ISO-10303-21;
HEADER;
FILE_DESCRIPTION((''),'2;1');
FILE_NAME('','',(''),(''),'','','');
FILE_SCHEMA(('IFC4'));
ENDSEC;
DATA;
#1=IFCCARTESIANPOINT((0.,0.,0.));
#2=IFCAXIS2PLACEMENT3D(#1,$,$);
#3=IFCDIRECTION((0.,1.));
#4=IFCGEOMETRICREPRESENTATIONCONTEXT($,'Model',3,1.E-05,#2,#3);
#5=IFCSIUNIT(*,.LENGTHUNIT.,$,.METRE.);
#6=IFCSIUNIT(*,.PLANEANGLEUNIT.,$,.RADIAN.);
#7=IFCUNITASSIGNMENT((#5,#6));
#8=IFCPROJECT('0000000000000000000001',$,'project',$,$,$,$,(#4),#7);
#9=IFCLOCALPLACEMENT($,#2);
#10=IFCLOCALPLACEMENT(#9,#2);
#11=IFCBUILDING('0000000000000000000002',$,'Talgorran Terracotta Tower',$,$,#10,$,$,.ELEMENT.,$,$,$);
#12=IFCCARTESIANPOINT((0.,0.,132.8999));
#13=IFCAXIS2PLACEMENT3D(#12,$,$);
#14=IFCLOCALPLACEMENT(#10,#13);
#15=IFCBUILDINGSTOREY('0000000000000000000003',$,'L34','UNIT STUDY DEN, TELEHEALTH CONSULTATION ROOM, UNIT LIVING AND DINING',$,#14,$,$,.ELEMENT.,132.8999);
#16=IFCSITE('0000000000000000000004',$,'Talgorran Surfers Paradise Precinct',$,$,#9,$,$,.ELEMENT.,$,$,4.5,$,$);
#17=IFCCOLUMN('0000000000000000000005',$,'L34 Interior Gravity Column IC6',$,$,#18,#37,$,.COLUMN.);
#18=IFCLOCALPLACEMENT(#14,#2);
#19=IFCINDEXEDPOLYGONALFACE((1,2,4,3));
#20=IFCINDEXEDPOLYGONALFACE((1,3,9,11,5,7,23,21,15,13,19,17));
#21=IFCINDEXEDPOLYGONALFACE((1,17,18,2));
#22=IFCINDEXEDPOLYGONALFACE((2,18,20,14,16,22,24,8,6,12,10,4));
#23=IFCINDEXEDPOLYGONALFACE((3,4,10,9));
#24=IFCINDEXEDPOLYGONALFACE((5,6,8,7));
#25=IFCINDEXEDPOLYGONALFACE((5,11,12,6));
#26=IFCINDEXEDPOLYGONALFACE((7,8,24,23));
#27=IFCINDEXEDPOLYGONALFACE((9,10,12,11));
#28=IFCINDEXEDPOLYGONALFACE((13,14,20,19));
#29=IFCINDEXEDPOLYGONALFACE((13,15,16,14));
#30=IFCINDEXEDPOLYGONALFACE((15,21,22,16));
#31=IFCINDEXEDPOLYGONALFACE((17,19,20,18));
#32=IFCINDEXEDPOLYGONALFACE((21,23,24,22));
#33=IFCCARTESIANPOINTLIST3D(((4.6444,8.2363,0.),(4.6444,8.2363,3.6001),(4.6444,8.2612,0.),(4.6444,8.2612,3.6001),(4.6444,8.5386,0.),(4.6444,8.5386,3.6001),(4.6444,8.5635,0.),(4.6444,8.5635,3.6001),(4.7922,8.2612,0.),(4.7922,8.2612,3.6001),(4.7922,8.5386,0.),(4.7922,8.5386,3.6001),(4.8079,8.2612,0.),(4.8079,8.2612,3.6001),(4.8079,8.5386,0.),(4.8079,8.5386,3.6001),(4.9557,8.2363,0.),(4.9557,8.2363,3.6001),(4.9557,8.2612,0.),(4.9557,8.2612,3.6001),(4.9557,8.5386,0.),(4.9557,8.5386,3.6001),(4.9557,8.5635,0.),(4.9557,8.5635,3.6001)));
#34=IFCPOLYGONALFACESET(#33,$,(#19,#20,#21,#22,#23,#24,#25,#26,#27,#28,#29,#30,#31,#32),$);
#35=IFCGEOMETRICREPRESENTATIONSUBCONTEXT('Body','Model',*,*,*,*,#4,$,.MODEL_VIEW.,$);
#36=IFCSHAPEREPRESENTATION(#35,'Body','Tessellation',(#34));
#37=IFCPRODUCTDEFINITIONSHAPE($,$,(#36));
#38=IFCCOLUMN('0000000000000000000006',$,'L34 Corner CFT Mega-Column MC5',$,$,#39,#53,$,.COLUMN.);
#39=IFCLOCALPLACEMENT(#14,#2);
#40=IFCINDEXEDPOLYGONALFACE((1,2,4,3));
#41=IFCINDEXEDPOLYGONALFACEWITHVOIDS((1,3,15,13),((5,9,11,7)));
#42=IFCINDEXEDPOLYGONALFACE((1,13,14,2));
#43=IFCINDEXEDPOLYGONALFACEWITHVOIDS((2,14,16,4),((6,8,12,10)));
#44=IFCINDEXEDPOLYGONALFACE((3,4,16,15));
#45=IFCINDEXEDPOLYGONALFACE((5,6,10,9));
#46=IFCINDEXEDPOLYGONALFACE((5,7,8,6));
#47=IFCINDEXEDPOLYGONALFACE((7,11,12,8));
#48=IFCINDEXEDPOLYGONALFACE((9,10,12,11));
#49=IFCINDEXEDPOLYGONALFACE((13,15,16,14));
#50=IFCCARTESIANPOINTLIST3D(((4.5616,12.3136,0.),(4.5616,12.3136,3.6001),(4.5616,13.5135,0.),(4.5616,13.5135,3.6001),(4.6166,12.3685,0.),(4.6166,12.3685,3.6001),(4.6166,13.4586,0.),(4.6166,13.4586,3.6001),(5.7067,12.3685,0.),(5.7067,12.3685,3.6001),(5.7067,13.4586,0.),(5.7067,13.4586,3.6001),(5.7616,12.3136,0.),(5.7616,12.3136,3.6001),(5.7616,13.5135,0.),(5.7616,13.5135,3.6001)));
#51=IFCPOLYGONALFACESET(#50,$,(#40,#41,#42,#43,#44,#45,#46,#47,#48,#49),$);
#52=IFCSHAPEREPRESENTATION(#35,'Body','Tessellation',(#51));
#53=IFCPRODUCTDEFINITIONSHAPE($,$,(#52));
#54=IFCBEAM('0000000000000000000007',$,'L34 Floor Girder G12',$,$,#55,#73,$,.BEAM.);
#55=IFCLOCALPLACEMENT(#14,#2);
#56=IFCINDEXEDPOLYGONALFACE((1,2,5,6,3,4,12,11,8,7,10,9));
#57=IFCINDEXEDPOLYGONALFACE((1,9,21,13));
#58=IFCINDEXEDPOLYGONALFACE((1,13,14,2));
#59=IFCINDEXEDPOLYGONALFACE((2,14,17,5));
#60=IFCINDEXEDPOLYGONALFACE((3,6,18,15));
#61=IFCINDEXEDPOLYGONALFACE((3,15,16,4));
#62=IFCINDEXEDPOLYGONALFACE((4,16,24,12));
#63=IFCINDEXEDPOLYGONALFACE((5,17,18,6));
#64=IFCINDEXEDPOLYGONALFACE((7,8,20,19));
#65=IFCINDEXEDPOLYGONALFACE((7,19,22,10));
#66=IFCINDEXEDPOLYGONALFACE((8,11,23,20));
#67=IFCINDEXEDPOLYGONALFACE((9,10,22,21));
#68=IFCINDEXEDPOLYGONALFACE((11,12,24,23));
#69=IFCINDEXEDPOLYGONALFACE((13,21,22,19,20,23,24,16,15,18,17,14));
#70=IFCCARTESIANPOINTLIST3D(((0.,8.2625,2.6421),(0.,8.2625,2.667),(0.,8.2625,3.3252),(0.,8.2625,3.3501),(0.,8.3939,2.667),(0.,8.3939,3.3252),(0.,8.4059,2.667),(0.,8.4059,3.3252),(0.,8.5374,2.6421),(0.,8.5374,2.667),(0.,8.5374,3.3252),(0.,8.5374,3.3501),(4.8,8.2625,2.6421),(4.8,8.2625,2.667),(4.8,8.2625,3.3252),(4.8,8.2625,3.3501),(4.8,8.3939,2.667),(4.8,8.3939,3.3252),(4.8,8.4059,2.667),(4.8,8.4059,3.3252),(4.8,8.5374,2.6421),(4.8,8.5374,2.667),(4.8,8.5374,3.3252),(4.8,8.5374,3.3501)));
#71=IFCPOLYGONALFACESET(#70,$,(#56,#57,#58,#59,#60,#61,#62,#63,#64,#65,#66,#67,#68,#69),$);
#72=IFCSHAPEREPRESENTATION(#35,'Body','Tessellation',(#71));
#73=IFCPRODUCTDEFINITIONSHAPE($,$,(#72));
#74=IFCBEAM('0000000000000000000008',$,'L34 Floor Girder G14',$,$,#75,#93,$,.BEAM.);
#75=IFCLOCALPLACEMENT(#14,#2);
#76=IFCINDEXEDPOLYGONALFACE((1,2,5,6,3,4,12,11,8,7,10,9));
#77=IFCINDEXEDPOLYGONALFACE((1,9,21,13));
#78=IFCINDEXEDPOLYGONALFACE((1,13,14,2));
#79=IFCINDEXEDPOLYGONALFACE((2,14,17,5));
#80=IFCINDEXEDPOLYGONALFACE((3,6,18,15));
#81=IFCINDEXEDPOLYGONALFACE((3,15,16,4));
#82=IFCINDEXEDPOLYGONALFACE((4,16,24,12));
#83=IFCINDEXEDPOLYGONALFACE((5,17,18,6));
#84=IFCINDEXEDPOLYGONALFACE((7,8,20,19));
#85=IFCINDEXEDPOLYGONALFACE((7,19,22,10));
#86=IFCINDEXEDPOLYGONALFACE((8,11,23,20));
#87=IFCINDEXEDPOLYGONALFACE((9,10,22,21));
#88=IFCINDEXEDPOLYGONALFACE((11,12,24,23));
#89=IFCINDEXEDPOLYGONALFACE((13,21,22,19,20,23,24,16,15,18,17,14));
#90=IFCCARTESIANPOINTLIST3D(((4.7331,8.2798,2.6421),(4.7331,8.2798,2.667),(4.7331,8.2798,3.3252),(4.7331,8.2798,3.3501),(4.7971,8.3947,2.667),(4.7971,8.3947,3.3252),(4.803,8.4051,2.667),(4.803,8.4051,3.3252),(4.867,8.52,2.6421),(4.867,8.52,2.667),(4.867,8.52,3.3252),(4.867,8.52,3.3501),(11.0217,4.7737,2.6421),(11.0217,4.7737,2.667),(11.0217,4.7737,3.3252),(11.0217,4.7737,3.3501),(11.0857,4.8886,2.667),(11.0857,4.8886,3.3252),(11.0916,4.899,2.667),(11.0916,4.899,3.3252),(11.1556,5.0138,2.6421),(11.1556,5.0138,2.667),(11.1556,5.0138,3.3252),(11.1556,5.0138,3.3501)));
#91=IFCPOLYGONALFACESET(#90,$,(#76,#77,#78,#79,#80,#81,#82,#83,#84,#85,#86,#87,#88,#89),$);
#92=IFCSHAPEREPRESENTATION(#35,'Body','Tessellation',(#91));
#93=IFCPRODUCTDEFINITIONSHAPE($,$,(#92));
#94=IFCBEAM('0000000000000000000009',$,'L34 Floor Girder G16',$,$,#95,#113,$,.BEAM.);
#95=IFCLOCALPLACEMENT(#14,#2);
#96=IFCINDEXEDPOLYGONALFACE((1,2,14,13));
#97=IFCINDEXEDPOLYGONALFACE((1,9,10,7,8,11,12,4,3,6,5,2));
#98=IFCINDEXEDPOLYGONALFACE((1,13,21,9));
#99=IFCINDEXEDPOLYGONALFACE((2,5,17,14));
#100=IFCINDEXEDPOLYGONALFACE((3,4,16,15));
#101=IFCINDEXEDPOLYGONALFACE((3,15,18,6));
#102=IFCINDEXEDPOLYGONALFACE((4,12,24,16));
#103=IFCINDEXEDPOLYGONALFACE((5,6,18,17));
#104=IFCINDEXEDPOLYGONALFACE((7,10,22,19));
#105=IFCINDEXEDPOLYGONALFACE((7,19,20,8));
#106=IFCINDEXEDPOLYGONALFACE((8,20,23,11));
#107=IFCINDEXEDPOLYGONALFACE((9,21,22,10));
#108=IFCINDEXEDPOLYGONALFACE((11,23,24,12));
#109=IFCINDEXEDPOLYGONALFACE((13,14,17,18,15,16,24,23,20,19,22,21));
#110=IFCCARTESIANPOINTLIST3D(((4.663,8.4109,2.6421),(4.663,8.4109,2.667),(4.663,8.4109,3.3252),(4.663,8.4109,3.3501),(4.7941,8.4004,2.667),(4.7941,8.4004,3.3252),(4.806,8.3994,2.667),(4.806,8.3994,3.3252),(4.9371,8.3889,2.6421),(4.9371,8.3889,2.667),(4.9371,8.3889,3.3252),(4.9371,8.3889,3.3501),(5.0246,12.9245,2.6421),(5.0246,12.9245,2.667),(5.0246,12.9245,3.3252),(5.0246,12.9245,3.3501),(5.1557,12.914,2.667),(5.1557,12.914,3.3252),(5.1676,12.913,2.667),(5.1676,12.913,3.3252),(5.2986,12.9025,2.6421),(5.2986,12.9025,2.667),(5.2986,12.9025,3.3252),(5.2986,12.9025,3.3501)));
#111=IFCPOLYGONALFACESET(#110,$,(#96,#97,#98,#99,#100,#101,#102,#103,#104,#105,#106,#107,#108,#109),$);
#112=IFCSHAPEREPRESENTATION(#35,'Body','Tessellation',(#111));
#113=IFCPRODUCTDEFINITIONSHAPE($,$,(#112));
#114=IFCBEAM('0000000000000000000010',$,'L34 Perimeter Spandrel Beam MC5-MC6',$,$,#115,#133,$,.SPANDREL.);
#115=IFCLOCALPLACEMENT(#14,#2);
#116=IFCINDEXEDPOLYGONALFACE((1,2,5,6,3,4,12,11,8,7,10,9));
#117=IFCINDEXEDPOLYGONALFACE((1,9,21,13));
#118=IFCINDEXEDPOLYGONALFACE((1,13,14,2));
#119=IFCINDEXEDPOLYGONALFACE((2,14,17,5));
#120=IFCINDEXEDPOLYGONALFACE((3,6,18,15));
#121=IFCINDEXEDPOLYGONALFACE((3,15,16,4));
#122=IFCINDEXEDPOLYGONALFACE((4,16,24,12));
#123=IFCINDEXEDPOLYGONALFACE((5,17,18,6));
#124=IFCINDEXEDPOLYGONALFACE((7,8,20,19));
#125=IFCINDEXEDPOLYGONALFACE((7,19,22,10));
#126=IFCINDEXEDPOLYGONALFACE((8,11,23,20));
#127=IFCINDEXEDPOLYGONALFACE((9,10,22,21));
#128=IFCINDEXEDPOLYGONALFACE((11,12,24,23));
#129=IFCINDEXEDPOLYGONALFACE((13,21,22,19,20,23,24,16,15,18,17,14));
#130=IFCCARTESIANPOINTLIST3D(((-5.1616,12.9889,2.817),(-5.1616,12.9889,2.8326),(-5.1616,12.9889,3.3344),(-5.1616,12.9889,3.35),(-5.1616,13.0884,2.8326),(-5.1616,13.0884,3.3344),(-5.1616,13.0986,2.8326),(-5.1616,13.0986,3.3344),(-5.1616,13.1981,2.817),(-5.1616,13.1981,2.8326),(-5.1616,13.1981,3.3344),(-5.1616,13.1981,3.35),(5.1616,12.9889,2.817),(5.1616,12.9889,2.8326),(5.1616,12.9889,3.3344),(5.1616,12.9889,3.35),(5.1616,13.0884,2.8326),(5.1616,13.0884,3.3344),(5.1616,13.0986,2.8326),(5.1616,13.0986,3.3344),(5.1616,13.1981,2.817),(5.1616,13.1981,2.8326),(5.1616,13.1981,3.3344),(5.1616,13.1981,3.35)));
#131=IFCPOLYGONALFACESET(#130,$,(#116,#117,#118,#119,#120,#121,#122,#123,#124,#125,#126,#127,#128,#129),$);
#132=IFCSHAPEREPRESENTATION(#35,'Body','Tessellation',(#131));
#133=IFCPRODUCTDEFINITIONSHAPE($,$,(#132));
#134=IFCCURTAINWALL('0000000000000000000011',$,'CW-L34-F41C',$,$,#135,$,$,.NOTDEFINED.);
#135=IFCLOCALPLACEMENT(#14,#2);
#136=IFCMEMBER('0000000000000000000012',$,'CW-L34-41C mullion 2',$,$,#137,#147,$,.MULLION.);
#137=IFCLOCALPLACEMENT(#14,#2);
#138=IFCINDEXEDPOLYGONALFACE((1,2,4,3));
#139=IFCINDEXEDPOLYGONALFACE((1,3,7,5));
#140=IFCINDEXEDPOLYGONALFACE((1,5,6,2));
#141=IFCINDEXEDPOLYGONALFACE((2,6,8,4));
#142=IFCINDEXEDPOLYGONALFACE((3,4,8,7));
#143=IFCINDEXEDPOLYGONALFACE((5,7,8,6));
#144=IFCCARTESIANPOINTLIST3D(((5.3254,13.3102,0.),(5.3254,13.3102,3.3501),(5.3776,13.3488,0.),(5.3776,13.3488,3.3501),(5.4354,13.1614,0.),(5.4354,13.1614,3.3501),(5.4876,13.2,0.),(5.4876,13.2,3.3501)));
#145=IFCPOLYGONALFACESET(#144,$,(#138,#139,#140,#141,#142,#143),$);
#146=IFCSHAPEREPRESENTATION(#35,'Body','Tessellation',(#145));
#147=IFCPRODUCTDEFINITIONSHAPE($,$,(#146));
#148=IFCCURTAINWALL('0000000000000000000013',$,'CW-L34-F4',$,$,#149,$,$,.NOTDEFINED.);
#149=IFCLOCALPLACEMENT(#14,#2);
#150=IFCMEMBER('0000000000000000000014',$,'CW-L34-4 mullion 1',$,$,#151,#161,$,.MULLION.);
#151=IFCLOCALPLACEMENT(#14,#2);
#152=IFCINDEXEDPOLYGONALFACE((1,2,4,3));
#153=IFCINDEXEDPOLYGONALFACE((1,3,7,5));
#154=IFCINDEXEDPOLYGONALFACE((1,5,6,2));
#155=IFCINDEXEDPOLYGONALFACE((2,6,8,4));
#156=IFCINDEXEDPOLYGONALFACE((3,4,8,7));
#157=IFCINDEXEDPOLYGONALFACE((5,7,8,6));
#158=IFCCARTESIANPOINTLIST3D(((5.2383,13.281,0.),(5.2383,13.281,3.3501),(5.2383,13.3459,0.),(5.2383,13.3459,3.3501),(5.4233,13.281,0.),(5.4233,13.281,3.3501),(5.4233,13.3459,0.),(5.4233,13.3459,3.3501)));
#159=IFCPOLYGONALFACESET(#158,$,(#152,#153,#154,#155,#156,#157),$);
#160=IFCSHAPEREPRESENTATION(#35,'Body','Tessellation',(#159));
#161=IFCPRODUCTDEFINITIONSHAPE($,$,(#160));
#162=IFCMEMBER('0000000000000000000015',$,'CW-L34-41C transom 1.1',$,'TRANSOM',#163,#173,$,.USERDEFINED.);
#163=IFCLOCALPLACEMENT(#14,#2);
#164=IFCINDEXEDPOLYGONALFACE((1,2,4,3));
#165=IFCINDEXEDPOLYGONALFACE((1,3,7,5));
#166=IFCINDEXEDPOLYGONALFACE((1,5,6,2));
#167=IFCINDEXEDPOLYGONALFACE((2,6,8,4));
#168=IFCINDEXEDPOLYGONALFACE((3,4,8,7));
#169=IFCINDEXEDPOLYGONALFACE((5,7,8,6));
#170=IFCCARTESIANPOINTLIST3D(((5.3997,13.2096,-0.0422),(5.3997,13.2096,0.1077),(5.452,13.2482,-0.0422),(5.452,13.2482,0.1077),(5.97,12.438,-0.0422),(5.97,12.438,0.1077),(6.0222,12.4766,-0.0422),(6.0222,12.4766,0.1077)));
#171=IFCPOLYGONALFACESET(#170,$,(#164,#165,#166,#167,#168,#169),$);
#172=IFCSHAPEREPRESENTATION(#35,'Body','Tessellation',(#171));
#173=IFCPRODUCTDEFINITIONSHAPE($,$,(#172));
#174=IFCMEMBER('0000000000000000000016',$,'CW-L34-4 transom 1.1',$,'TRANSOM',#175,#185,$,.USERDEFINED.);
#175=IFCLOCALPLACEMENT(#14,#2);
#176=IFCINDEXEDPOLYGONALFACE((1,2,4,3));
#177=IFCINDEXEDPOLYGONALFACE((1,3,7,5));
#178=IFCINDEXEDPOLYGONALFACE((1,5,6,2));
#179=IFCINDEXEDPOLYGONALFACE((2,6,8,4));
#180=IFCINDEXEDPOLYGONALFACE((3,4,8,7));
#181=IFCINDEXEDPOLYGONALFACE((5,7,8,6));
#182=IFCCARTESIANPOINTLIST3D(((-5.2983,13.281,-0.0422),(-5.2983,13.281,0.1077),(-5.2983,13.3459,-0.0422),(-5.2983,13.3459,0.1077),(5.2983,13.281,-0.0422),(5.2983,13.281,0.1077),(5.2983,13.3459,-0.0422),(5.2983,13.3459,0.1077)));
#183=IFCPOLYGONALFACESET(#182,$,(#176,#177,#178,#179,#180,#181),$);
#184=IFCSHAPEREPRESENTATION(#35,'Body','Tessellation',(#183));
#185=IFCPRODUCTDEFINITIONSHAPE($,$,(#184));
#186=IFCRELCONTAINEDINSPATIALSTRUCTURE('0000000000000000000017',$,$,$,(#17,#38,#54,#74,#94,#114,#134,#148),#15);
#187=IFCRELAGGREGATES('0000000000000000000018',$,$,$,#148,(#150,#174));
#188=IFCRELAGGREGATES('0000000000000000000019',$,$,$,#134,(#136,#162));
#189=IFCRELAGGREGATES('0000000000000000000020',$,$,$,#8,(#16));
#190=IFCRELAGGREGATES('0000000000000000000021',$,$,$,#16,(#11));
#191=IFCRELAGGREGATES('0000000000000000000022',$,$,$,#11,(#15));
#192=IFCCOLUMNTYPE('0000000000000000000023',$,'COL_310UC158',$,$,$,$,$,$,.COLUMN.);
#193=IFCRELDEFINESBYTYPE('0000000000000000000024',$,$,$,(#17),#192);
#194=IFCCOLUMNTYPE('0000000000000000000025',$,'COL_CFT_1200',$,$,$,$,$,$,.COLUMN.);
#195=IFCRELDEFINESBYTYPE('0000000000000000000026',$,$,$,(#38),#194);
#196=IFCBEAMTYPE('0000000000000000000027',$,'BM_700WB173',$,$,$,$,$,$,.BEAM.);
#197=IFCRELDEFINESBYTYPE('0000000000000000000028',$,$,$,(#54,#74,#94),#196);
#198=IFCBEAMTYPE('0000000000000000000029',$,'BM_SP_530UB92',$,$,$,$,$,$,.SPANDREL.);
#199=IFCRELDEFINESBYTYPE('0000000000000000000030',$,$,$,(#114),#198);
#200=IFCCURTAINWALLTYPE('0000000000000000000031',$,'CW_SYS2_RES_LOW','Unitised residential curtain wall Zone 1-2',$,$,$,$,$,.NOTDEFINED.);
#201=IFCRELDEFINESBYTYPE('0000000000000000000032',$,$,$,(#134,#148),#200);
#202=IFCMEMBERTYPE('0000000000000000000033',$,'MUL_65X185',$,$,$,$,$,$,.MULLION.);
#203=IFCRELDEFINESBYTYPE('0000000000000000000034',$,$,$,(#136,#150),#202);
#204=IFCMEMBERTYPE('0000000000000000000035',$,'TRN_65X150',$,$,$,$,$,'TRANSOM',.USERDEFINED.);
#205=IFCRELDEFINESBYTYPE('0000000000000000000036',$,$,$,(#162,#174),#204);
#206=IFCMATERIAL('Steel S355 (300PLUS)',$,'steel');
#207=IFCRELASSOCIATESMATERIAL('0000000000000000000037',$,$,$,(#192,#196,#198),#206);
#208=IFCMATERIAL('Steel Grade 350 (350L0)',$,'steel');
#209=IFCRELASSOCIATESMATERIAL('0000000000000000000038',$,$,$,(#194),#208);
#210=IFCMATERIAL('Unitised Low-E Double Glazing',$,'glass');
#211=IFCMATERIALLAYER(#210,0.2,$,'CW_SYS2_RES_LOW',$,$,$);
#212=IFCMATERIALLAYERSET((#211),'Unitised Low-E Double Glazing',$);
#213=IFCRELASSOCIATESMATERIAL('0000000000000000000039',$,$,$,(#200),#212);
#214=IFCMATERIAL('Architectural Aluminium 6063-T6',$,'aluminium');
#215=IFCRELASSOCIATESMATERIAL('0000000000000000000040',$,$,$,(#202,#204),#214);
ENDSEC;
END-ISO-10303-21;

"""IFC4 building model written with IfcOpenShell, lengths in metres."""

from ifc_helpers import new_model, si_unit, direction, frame, origin, origin_2d, place, context, subcontext, project, spatial, rectangle, hollow_rectangle, i_section, extrude, material, layer, layer_set, material_profile, profile_set, type_object, element, aggregate, save


model = new_model("IFC4")

# Units and contexts
model_context = context("Model", 3, precision=1e-05, world=origin(), true_north=direction((0.0, 1.0)))
body_context = subcontext(model_context, "Body", "Model", "MODEL_VIEW")
ifc_project = project(units=[si_unit("LENGTHUNIT", "METRE"), si_unit("PLANEANGLEUNIT", "RADIAN")], contexts=[model_context])

# Site, building, storey
site_placement = place(None, origin())
site = spatial("IfcSite", under=ifc_project, at=site_placement, Name="Talgorran Surfers Paradise Precinct", CompositionType="ELEMENT", RefElevation=4.5)
building_placement = place(site_placement, origin())
building = spatial("IfcBuilding", under=site, at=building_placement, Name="Talgorran Terracotta Tower", CompositionType="ELEMENT")
storey_placement = place(building_placement, frame((0.0, 0.0, 132.8999)))
storey = spatial("IfcBuildingStorey", under=building, at=storey_placement, Name="L34", Description="UNIT STUDY DEN, TELEHEALTH CONSULTATION ROOM, UNIT LIVING AND DINING", CompositionType="ELEMENT", Elevation=132.8999)

# Columns
ifc_material_1 = material(Name="Steel S355 (300PLUS)", Category="steel")
ifc_material_profile_1 = material_profile(ifc_material_1, i_section(OverallWidth=0.3113, OverallDepth=0.3271, WebThickness=0.0156, FlangeThickness=0.0249, at=origin_2d()), Name="310UC158")
ifc_profile_set_1 = profile_set([ifc_material_profile_1], Name="Steel S355 (300PLUS)")
column_type_1 = type_object("IfcColumnType", Name="COL_310UC158", PredefinedType="COLUMN", material=ifc_profile_set_1)
column_1_placement = place(storey_placement, frame((4.8, 8.3999, 0.0), z_axis=(0.0, 0.0, 1.0), x_axis=(1.0, 0.0, 0.0)))
element("IfcColumn", 1, at=column_1_placement, inside=storey, type_object=column_type_1, Name="L34 Interior Gravity Column IC6", PredefinedType="COLUMN", context=body_context, shape_type="SweptSolid", body=[
    extrude(i_section(OverallWidth=0.3113, OverallDepth=0.3271, WebThickness=0.0156, FlangeThickness=0.0249, at=origin_2d()), origin(), (0.0, 0.0, 1.0), 3.6001),
])
ifc_material_2 = material(Name="Steel Grade 350 (350L0)", Category="steel")
ifc_material_profile_2 = material_profile(ifc_material_2, hollow_rectangle(XDim=1.2, YDim=1.2, WallThickness=0.0549, at=origin_2d()), Name="CFT1200X1200X55")
ifc_profile_set_2 = profile_set([ifc_material_profile_2], Name="Steel Grade 350 (350L0)")
column_type_2 = type_object("IfcColumnType", Name="COL_CFT_1200", PredefinedType="COLUMN", material=ifc_profile_set_2)
column_2_placement = place(storey_placement, frame((5.1616, 12.9136, 0.0), z_axis=(0.0, 0.0, 1.0), x_axis=(1.0, 0.0, 0.0)))
element("IfcColumn", 2, at=column_2_placement, inside=storey, type_object=column_type_2, Name="L34 Corner CFT Mega-Column MC5", PredefinedType="COLUMN", context=body_context, shape_type="SweptSolid", body=[
    extrude(hollow_rectangle(XDim=1.2, YDim=1.2, WallThickness=0.0549, at=origin_2d()), origin(), (0.0, 0.0, 1.0), 3.6001),
])

# Beams
ifc_material_profile_3 = material_profile(ifc_material_1, i_section(OverallWidth=0.2749, OverallDepth=0.708, WebThickness=0.012, FlangeThickness=0.0249, at=origin_2d()), Name="700WB173")
ifc_profile_set_3 = profile_set([ifc_material_profile_3], Name="Steel S355 (300PLUS)")
beam_type_1 = type_object("IfcBeamType", Name="BM_700WB173", PredefinedType="BEAM", material=ifc_profile_set_3)
beam_1_placement = place(storey_placement, frame((0.0, 8.3999, 2.9961), z_axis=(1.0, 0.0, 0.0), x_axis=(0.0, 1.0, 0.0)))
element("IfcBeam", 3, at=beam_1_placement, inside=storey, type_object=beam_type_1, Name="L34 Floor Girder G12", PredefinedType="BEAM", context=body_context, shape_type="SweptSolid", body=[
    extrude(i_section(OverallWidth=0.2749, OverallDepth=0.708, WebThickness=0.012, FlangeThickness=0.0249, at=origin_2d()), origin(), (0.0, 0.0, 1.0), 4.8),
])
beam_2_placement = place(storey_placement, frame((4.8, 8.3999, 2.9961), z_axis=(0.873422, -0.486964, 0.0), x_axis=(0.486964, 0.873422, 0.0)))
element("IfcBeam", 4, at=beam_2_placement, inside=storey, type_object=beam_type_1, Name="L34 Floor Girder G14", PredefinedType="BEAM", context=body_context, shape_type="SweptSolid", body=[
    extrude(i_section(OverallWidth=0.2749, OverallDepth=0.708, WebThickness=0.012, FlangeThickness=0.0249, at=origin_2d()), origin(), (0.0, 0.0, 1.0), 7.2),
])
beam_3_placement = place(storey_placement, frame((4.8, 8.3999, 2.9961), z_axis=(0.07985, 0.996807, 0.0), x_axis=(-0.996807, 0.07985, 0.0)))
element("IfcBeam", 5, at=beam_3_placement, inside=storey, type_object=beam_type_1, Name="L34 Floor Girder G16", PredefinedType="BEAM", context=body_context, shape_type="SweptSolid", body=[
    extrude(i_section(OverallWidth=0.2749, OverallDepth=0.708, WebThickness=0.012, FlangeThickness=0.0249, at=origin_2d()), origin(), (0.0, 0.0, 1.0), 4.5281),
])
ifc_material_profile_4 = material_profile(ifc_material_1, i_section(OverallWidth=0.2092, OverallDepth=0.533, WebThickness=0.0103, FlangeThickness=0.0156, at=origin_2d()), Name="530UB92.4")
ifc_profile_set_4 = profile_set([ifc_material_profile_4], Name="Steel S355 (300PLUS)")
beam_type_2 = type_object("IfcBeamType", Name="BM_SP_530UB92", PredefinedType="SPANDREL", material=ifc_profile_set_4)
beam_4_placement = place(storey_placement, frame((5.1616, 13.0935, 3.0835), z_axis=(-1.0, 0.0, 0.0), x_axis=(0.0, -1.0, 0.0)))
element("IfcBeam", 6, at=beam_4_placement, inside=storey, type_object=beam_type_2, Name="L34 Perimeter Spandrel Beam MC5-MC6", PredefinedType="SPANDREL", context=body_context, shape_type="SweptSolid", body=[
    extrude(i_section(OverallWidth=0.2092, OverallDepth=0.533, WebThickness=0.0103, FlangeThickness=0.0156, at=origin_2d()), origin(), (0.0, 0.0, 1.0), 10.3232),
])

# Curtain walls, members
ifc_material_3 = material(Name="Unitised Low-E Double Glazing", Category="glass")
ifc_layer_1 = layer(ifc_material_3, 0.2, Name="CW_SYS2_RES_LOW")
ifc_layer_set_1 = layer_set([ifc_layer_1], Name="Unitised Low-E Double Glazing")
curtain_wall_type = type_object("IfcCurtainWallType", Name="CW_SYS2_RES_LOW", Description="Unitised residential curtain wall Zone 1-2", PredefinedType="NOTDEFINED", material=ifc_layer_set_1)
curtain_wall_1_placement = place(storey_placement, origin())
curtain_wall_1 = element("IfcCurtainWall", 7, at=curtain_wall_1_placement, inside=storey, type_object=curtain_wall_type, Name="CW-L34-F41C", PredefinedType="NOTDEFINED")
ifc_material_4 = material(Name="Architectural Aluminium 6063-T6", Category="aluminium")
ifc_material_profile_5 = material_profile(ifc_material_4, rectangle(XDim=0.0649, YDim=0.1851, at=origin_2d()), Name="CWM65X185")
ifc_profile_set_5 = profile_set([ifc_material_profile_5], Name="Architectural Aluminium 6063-T6")
member_type_1 = type_object("IfcMemberType", Name="MUL_65X185", PredefinedType="MULLION", material=ifc_profile_set_5)
member_1_placement = place(storey_placement, frame((5.4065, 13.2551, 0.0), z_axis=(0.0, 0.0, 1.0), x_axis=(-0.80422, -0.594332, 0.0)))
member_1 = element("IfcMember", 8, at=member_1_placement, type_object=member_type_1, Name="CW-L34-41C mullion 2", PredefinedType="MULLION", context=body_context, shape_type="SweptSolid", body=[
    extrude(rectangle(XDim=0.0649, YDim=0.1851, at=origin_2d()), origin(), (0.0, 0.0, 1.0), 3.3501),
])
curtain_wall_2_placement = place(storey_placement, origin())
curtain_wall_2 = element("IfcCurtainWall", 9, at=curtain_wall_2_placement, inside=storey, type_object=curtain_wall_type, Name="CW-L34-F4", PredefinedType="NOTDEFINED")
member_2_placement = place(storey_placement, frame((5.3308, 13.3135, 0.0), z_axis=(0.0, 0.0, 1.0), x_axis=(0.0, -1.0, 0.0)))
member_2 = element("IfcMember", 10, at=member_2_placement, type_object=member_type_1, Name="CW-L34-4 mullion 1", PredefinedType="MULLION", context=body_context, shape_type="SweptSolid", body=[
    extrude(rectangle(XDim=0.0649, YDim=0.1851, at=origin_2d()), origin(), (0.0, 0.0, 1.0), 3.3501),
])

# Members
ifc_material_profile_6 = material_profile(ifc_material_4, rectangle(XDim=0.0649, YDim=0.1499, at=origin_2d()), Name="CWT65X150")
ifc_profile_set_6 = profile_set([ifc_material_profile_6], Name="Architectural Aluminium 6063-T6")
member_type_2 = type_object("IfcMemberType", Name="TRN_65X150", ElementType="TRANSOM", PredefinedType="USERDEFINED", material=ifc_profile_set_6)
member_3_placement = place(storey_placement, frame((5.9961, 12.4573, 0.0327), z_axis=(-0.594327, 0.804224, 0.0), x_axis=(-0.804224, -0.594327, 0.0)))
member_3 = element("IfcMember", 11, at=member_3_placement, type_object=member_type_2, Name="CW-L34-41C transom 1.1", ObjectType="TRANSOM", PredefinedType="USERDEFINED", context=body_context, shape_type="SweptSolid", body=[
    extrude(rectangle(XDim=0.0649, YDim=0.1499, at=origin_2d()), origin(), (0.0, 0.0, 1.0), 0.9595),
])
member_4_placement = place(storey_placement, frame((5.2983, 13.3135, 0.0327), z_axis=(-1.0, 0.0, 0.0), x_axis=(0.0, -1.0, 0.0)))
member_4 = element("IfcMember", 12, at=member_4_placement, type_object=member_type_2, Name="CW-L34-4 transom 1.1", ObjectType="TRANSOM", PredefinedType="USERDEFINED", context=body_context, shape_type="SweptSolid", body=[
    extrude(rectangle(XDim=0.0649, YDim=0.1499, at=origin_2d()), origin(), (0.0, 0.0, 1.0), 10.5967),
])

aggregate(curtain_wall_2, [member_2, member_4])
aggregate(curtain_wall_1, [member_1, member_3])

save(model, "model.ifc")
